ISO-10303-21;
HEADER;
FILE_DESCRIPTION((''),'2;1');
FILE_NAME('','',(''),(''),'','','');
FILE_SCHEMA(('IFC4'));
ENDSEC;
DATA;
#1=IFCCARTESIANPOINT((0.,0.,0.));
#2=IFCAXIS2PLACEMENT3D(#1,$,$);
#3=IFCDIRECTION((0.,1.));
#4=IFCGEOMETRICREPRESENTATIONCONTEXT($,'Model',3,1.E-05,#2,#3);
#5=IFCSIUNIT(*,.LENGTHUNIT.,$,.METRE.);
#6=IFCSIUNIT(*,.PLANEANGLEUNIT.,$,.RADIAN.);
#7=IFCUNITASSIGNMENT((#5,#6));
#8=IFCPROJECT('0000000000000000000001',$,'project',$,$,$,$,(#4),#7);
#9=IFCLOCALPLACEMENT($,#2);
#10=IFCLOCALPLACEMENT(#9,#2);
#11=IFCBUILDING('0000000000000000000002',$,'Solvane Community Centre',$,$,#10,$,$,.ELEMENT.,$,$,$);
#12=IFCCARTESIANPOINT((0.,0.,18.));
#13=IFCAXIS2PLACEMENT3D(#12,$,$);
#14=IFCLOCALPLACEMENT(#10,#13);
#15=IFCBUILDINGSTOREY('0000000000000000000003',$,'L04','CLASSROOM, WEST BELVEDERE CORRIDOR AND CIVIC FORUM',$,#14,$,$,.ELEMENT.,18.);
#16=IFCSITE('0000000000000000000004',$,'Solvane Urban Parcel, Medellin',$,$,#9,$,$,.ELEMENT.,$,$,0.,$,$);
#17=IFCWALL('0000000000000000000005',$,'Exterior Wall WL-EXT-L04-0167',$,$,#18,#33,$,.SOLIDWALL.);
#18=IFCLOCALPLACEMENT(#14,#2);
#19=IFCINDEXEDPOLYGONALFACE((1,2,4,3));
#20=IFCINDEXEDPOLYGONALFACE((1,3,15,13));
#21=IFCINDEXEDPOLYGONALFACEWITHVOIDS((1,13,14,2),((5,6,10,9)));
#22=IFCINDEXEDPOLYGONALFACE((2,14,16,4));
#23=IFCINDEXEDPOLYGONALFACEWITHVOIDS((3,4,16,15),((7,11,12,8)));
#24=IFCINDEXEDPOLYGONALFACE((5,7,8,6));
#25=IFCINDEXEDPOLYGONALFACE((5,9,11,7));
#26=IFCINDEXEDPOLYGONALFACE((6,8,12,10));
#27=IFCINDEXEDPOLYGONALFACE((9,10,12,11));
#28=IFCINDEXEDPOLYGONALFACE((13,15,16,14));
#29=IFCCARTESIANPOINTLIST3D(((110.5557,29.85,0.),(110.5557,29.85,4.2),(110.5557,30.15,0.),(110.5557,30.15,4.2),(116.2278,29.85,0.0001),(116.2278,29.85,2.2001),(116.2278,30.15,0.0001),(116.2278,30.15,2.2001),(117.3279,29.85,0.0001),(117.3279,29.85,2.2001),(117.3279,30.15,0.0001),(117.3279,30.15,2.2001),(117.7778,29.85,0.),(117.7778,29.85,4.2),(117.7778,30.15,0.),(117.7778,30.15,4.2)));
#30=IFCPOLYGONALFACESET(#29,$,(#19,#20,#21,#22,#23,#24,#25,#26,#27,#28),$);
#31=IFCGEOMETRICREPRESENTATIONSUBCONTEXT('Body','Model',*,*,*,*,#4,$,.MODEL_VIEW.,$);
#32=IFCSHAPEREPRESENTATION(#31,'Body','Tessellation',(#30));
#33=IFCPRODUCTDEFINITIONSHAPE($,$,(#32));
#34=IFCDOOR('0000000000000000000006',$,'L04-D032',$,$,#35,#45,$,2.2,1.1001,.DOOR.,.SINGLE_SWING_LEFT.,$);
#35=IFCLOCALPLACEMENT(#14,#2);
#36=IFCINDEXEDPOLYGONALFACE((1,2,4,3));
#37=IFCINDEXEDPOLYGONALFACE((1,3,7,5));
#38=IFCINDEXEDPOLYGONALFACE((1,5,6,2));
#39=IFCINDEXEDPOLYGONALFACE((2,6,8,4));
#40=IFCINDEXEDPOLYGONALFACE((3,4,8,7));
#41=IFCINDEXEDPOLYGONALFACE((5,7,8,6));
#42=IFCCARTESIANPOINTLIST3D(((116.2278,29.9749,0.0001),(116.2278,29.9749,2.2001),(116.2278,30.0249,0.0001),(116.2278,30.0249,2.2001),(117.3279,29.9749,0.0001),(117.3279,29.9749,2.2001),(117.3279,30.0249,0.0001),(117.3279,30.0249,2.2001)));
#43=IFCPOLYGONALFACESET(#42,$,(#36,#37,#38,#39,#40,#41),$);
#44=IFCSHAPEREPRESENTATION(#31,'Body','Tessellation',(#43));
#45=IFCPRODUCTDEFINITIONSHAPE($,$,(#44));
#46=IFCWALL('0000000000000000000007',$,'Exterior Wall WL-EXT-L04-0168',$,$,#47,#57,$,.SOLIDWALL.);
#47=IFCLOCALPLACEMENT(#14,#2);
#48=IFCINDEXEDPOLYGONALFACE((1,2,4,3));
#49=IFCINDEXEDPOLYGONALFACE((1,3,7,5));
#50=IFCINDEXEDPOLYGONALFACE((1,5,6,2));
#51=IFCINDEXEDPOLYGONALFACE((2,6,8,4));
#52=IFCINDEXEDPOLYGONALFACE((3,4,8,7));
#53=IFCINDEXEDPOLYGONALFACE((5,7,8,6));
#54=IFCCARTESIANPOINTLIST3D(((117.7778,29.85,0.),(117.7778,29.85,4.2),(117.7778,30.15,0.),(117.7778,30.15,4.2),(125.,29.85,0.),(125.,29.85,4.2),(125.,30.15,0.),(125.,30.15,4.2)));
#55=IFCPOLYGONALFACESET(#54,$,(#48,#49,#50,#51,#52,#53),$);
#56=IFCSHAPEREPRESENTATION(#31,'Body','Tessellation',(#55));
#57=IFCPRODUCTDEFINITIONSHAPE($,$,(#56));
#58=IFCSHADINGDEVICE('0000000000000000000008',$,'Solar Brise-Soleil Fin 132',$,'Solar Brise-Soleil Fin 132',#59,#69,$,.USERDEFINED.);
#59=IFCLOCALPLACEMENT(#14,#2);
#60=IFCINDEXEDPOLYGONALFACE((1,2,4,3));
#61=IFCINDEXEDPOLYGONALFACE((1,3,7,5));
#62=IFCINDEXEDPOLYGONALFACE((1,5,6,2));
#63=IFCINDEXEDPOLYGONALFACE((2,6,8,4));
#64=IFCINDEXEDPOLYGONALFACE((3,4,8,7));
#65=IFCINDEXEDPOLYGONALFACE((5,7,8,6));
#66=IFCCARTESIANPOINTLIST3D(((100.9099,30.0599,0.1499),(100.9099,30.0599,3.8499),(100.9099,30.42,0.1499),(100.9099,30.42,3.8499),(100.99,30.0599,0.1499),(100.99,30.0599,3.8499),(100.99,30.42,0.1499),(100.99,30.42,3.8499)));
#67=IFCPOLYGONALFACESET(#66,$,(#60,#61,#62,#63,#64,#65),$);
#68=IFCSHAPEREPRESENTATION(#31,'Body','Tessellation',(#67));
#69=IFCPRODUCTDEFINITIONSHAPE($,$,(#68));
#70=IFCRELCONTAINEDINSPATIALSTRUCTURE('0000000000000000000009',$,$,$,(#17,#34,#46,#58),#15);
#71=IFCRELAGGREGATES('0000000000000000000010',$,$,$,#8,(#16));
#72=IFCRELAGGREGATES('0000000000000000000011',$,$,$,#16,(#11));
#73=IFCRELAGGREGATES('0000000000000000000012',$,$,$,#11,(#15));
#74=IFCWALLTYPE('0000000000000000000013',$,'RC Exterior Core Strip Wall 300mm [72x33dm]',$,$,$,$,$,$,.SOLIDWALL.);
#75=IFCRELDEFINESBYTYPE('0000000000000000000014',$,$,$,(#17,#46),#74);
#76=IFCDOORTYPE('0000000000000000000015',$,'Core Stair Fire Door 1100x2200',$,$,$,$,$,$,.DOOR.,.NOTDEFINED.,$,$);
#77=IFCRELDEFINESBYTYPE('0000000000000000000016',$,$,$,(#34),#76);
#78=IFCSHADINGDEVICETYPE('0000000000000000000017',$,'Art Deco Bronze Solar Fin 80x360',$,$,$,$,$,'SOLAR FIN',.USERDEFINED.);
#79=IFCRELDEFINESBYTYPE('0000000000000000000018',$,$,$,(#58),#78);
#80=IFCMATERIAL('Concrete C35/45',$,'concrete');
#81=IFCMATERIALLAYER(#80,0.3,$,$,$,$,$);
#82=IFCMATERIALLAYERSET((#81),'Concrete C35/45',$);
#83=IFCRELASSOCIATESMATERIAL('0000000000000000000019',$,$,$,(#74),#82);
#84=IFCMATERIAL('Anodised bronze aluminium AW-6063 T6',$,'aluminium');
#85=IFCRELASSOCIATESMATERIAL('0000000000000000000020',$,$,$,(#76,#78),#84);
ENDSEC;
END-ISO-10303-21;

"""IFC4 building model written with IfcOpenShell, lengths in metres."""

from ifc_helpers import new_model, si_unit, direction, frame, frame_2d, origin, origin_2d, place, context, subcontext, project, spatial, rectangle, extrude, material, layer, layer_set, type_object, element, fill, save


model = new_model("IFC4")

# Units and contexts
model_context = context("Model", 3, precision=1e-05, world=origin(), true_north=direction((0.0, 1.0)))
body_context = subcontext(model_context, "Body", "Model", "MODEL_VIEW")
ifc_project = project(units=[si_unit("LENGTHUNIT", "METRE"), si_unit("PLANEANGLEUNIT", "RADIAN")], contexts=[model_context])

# Site, building, storey
site_placement = place(None, origin())
site = spatial("IfcSite", under=ifc_project, at=site_placement, Name="Solvane Urban Parcel, Medellin", CompositionType="ELEMENT", RefElevation=0.0)
building_placement = place(site_placement, origin())
building = spatial("IfcBuilding", under=site, at=building_placement, Name="Solvane Community Centre", CompositionType="ELEMENT")
storey_placement = place(building_placement, frame((0.0, 0.0, 18.0)))
storey = spatial("IfcBuildingStorey", under=building, at=storey_placement, Name="L04", Description="CLASSROOM, WEST BELVEDERE CORRIDOR AND CIVIC FORUM", CompositionType="ELEMENT", Elevation=18.0)

# Shared definitions
ifc_material_1 = material(Name="Anodised bronze aluminium AW-6063 T6", Category="aluminium")

# Shared definitions
ifc_material_2 = material(Name="Concrete C35/45", Category="concrete")

# Wall, opening, door
ifc_layer_1 = layer(ifc_material_2, 0.3)
ifc_layer_set_1 = layer_set([ifc_layer_1], Name="Concrete C35/45")
wall_type_1 = type_object("IfcWallType", Name="RC Exterior Core Strip Wall 300mm [72x33dm]", PredefinedType="SOLIDWALL", material=ifc_layer_set_1)
wall_1_placement = place(storey_placement, frame((110.5557, 30.0, 0.0), z_axis=(0.0, 0.0, 1.0), x_axis=(1.0, 0.0, 0.0)))
wall_1 = element("IfcWall", 1, at=wall_1_placement, inside=storey, type_object=wall_type_1, Name="Exterior Wall WL-EXT-L04-0167", PredefinedType="SOLIDWALL", context=body_context, shape_type="SweptSolid", body=[
    extrude(rectangle(XDim=7.2222, YDim=0.3, at=frame_2d((3.6111, 0.0))), origin(), (0.0, 0.0, 1.0), 4.2),
])
opening_placement = place(wall_1_placement, frame((5.6721, 0.0, 0.0)))
opening = element("IfcOpeningElement", 2, at=opening_placement, cuts=wall_1, PredefinedType="OPENING", context=body_context, shape_type="SweptSolid", body=[
    extrude(rectangle(XDim=1.1001, YDim=2.2, at=frame_2d((0.55, 1.1001))), frame((0.0, 0.1599, 0.0), z_axis=(0.0, -1.0, 0.0), x_axis=(1.0, 0.0, 0.0)), (0.0, 0.0, 1.0), 0.3201),
])
door_type = type_object("IfcDoorType", Name="Core Stair Fire Door 1100x2200", OperationType="NOTDEFINED", PredefinedType="DOOR", material=ifc_material_1)
door_placement = place(opening_placement, origin())
door = element("IfcDoor", 3, at=door_placement, inside=storey, type_object=door_type, Name="L04-D032", OperationType="SINGLE_SWING_LEFT", OverallHeight=2.2, OverallWidth=1.1001, PredefinedType="DOOR", context=body_context, shape_type="SweptSolid", body=[
    extrude(rectangle(XDim=1.1001, YDim=2.2, at=frame_2d((0.55, 1.1001))), frame((0.0, 0.0249, 0.0), z_axis=(0.0, -1.0, 0.0), x_axis=(1.0, 0.0, 0.0)), (0.0, 0.0, 1.0), 0.05),
])
fill(opening, door)

# Wall
wall_2_placement = place(storey_placement, frame((117.7778, 30.0, 0.0), z_axis=(0.0, 0.0, 1.0), x_axis=(1.0, 0.0, 0.0)))
element("IfcWall", 4, at=wall_2_placement, inside=storey, type_object=wall_type_1, Name="Exterior Wall WL-EXT-L04-0168", PredefinedType="SOLIDWALL", context=body_context, shape_type="SweptSolid", body=[
    extrude(rectangle(XDim=7.2222, YDim=0.3, at=frame_2d((3.6111, 0.0))), origin(), (0.0, 0.0, 1.0), 4.2),
])

# Shading device
shading_device_type = type_object("IfcShadingDeviceType", Name="Art Deco Bronze Solar Fin 80x360", ElementType="SOLAR FIN", PredefinedType="USERDEFINED", material=ifc_material_1)
shading_device_placement = place(storey_placement, frame((100.95, 30.24, 0.1499), z_axis=(0.0, 0.0, 1.0), x_axis=(1.0, 0.0, 0.0)))
element("IfcShadingDevice", 5, at=shading_device_placement, inside=storey, type_object=shading_device_type, Name="Solar Brise-Soleil Fin 132", ObjectType="Solar Brise-Soleil Fin 132", PredefinedType="USERDEFINED", context=body_context, shape_type="SweptSolid", body=[
    extrude(rectangle(XDim=0.0801, YDim=0.3601, at=origin_2d()), origin(), (0.0, 0.0, 1.0), 3.7),
])

save(model, "model.ifc")
